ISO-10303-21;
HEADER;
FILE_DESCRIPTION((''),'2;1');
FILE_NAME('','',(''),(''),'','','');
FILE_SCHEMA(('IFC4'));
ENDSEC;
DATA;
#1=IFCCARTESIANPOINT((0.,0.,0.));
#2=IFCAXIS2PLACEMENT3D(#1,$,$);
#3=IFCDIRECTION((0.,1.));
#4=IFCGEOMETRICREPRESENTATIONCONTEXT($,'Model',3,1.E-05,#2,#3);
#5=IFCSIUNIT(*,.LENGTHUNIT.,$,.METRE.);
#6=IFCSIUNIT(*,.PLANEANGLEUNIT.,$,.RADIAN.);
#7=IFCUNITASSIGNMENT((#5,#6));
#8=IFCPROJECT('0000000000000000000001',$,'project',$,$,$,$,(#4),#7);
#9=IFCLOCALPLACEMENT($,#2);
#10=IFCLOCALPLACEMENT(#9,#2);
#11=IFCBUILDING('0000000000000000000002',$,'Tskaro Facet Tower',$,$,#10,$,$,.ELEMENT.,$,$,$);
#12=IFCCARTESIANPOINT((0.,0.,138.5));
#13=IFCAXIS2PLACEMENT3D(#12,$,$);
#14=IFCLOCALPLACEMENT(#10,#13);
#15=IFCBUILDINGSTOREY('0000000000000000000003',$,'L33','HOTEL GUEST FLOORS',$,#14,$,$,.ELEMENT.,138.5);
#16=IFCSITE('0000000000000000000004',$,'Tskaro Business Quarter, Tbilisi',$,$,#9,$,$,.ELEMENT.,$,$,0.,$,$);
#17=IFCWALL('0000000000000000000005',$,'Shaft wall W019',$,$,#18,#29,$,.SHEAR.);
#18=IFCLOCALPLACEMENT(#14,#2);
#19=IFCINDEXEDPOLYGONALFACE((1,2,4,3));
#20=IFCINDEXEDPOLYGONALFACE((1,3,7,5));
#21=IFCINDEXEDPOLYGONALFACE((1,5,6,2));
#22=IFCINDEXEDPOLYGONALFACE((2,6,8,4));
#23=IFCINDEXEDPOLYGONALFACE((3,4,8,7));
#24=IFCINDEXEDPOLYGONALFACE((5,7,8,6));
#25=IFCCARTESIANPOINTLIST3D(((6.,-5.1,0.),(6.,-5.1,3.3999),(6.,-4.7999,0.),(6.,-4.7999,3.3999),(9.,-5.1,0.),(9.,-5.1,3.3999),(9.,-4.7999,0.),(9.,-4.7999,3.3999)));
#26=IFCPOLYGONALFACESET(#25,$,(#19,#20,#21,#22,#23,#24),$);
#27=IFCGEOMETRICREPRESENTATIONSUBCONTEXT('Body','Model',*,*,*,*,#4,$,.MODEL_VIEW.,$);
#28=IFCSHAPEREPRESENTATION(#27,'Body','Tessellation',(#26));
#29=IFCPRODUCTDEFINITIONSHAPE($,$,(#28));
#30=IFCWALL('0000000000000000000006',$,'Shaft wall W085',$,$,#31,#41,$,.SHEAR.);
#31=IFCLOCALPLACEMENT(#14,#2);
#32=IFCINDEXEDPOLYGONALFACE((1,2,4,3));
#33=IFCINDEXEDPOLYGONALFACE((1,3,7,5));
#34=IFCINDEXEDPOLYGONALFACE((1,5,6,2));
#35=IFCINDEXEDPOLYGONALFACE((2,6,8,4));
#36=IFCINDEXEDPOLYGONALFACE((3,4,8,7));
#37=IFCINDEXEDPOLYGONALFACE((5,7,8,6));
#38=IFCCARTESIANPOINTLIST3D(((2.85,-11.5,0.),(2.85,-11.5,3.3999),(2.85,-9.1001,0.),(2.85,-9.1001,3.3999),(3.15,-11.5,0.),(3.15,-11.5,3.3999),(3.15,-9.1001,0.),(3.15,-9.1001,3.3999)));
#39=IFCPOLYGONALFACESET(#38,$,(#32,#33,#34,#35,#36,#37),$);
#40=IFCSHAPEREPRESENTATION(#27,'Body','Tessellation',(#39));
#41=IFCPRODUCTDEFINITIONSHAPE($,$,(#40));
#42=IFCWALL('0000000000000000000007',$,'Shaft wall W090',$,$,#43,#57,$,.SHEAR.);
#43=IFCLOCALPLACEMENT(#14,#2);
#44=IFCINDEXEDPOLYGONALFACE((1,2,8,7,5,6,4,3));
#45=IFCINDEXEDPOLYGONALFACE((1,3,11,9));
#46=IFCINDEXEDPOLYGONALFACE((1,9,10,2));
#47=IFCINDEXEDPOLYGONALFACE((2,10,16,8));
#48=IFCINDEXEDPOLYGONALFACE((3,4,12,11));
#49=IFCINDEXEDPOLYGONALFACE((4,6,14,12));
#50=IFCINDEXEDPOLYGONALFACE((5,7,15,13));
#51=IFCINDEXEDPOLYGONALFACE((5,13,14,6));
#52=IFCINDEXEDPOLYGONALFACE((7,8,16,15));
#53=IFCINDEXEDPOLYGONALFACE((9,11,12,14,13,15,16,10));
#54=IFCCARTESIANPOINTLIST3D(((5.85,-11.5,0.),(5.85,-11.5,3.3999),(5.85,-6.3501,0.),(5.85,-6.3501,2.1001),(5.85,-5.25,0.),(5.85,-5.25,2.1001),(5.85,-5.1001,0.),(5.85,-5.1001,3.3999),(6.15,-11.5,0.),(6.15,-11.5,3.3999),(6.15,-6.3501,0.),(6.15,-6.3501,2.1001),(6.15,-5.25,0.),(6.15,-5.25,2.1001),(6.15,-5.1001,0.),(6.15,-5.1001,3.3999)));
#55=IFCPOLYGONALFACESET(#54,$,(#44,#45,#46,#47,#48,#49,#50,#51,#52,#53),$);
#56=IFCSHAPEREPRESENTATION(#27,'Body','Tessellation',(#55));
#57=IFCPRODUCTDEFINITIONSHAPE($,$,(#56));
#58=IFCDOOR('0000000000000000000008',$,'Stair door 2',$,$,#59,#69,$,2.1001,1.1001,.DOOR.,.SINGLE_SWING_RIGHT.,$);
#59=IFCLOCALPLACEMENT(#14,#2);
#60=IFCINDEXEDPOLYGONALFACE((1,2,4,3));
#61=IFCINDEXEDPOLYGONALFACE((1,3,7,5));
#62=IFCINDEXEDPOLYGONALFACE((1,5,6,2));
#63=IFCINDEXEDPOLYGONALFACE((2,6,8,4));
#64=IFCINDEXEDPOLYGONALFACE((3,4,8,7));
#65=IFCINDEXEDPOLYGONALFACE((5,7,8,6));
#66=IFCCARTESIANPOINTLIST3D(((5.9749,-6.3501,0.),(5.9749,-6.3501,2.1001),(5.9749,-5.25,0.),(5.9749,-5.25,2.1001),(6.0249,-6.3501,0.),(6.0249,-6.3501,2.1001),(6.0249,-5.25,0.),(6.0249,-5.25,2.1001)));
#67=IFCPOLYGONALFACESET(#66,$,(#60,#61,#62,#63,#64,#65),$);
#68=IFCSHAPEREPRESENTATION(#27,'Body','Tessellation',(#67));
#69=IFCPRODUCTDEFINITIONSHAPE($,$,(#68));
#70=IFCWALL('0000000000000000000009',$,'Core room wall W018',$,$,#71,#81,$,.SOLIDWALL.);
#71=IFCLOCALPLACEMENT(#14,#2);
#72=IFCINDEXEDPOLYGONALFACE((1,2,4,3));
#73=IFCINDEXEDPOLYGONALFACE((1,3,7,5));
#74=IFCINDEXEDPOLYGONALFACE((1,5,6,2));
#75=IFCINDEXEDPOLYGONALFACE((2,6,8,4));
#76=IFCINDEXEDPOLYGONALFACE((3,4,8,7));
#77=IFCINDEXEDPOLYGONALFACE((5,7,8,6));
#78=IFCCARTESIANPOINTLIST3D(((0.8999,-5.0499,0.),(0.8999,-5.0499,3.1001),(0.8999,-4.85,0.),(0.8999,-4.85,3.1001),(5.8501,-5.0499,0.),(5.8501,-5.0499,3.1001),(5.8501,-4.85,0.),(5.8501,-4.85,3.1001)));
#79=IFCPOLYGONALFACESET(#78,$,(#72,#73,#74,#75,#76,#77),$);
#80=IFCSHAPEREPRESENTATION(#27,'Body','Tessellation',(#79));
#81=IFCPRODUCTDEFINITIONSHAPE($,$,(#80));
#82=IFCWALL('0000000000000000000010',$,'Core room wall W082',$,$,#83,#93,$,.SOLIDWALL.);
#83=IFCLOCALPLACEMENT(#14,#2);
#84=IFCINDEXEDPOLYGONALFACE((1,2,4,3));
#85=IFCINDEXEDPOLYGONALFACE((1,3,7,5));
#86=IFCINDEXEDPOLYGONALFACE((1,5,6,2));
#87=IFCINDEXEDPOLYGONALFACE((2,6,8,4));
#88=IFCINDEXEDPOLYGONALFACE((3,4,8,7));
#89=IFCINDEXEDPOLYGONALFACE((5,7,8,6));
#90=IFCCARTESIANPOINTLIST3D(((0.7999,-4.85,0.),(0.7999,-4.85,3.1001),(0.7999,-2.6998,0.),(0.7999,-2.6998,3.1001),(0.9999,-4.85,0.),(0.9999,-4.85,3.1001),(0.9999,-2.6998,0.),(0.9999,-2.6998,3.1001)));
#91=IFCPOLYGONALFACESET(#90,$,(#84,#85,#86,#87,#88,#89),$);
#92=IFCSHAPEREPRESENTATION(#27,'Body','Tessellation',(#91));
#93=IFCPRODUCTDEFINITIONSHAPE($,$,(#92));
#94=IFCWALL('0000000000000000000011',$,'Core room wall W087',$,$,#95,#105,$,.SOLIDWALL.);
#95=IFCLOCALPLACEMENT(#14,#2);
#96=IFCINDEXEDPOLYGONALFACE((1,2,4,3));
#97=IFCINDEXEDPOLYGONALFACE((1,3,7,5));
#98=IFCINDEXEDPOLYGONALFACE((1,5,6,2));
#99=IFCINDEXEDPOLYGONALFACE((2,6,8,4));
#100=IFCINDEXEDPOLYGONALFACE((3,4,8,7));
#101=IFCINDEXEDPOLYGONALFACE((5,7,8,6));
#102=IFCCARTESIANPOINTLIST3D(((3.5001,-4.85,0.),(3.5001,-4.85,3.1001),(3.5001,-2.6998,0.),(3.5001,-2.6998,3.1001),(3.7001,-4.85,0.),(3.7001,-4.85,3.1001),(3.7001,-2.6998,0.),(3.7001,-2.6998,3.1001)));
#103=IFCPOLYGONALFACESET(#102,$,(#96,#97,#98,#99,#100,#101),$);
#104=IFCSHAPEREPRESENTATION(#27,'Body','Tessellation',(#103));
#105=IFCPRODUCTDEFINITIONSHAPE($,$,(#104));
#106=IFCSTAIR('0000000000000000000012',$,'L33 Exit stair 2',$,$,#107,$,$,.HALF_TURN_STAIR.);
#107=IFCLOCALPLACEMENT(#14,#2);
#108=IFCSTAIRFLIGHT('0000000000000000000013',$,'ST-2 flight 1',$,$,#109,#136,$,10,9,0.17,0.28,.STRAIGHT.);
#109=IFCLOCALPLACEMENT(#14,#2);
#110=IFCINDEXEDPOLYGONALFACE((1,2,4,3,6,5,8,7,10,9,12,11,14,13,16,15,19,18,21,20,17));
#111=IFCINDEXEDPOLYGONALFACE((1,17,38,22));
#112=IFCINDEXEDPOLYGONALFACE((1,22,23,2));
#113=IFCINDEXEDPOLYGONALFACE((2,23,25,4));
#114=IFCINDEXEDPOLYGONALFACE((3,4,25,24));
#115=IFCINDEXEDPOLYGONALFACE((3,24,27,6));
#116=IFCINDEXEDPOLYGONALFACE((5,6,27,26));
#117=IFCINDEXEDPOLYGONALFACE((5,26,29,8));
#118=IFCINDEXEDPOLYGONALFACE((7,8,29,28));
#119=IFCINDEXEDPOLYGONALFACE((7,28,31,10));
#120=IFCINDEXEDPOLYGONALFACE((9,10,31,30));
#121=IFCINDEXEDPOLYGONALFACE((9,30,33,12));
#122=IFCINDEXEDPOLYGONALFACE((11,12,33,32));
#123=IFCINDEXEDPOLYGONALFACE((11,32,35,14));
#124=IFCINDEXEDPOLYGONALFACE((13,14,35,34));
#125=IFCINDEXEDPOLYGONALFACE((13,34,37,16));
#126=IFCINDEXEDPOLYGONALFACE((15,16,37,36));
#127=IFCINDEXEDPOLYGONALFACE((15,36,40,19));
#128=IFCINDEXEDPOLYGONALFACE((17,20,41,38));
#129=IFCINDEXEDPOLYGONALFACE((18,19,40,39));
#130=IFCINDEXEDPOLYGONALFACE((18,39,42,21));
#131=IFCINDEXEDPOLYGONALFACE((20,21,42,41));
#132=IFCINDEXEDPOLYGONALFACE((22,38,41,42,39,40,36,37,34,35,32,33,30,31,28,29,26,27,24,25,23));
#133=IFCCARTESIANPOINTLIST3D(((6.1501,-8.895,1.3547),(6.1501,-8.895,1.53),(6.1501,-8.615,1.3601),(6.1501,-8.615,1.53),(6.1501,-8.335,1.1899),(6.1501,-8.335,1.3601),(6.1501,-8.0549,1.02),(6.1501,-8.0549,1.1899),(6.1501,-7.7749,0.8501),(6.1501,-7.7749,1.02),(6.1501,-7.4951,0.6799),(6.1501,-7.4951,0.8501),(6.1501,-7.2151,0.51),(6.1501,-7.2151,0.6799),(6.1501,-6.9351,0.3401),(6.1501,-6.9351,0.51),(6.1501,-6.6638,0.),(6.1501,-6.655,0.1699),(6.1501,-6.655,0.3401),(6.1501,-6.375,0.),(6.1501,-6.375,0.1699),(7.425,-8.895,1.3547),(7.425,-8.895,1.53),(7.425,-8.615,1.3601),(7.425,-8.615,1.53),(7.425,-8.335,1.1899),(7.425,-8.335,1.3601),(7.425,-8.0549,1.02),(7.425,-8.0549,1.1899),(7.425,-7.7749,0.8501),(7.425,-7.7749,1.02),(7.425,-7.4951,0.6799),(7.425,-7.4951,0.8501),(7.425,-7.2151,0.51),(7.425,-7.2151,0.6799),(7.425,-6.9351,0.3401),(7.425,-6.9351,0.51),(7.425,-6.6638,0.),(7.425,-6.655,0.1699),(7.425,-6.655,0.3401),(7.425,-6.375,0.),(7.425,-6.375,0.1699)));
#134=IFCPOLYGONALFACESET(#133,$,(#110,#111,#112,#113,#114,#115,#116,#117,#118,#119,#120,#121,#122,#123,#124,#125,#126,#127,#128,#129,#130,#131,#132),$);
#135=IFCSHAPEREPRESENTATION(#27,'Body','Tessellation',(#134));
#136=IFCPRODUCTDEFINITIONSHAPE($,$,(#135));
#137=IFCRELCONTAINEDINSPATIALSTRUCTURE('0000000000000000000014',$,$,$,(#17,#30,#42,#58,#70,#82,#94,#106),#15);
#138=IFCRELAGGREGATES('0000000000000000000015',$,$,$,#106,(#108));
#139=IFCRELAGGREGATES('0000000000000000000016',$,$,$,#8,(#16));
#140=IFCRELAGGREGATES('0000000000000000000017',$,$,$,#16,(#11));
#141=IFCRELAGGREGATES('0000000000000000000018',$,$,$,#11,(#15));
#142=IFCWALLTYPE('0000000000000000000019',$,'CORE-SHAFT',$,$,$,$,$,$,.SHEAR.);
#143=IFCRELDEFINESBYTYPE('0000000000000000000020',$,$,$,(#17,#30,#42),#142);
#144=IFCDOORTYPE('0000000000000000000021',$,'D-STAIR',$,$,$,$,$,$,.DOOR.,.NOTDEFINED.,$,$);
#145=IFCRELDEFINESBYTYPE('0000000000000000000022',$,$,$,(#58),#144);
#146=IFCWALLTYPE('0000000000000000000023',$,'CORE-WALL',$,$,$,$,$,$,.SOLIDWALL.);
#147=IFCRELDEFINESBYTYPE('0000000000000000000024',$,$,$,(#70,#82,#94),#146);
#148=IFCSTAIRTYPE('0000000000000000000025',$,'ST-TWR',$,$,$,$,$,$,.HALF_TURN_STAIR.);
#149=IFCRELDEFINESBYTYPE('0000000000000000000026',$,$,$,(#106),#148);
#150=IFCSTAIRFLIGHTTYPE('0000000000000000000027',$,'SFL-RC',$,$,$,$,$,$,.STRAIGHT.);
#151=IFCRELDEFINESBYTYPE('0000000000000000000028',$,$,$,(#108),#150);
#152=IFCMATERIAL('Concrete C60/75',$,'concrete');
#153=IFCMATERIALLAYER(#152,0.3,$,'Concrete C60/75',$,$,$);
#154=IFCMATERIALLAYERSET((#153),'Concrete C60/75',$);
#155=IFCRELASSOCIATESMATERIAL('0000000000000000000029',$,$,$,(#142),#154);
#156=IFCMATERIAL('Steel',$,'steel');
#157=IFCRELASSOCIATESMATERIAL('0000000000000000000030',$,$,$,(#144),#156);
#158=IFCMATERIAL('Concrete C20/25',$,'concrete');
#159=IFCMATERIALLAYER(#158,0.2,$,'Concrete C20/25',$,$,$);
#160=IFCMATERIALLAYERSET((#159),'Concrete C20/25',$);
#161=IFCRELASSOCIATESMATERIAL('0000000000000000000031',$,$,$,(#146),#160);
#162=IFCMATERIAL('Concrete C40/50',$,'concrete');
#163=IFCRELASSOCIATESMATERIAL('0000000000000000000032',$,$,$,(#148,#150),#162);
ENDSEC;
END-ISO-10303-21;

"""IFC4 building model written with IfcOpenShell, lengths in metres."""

from ifc_helpers import new_model, si_unit, direction, frame, frame_2d, origin, place, context, subcontext, project, spatial, polyline, rectangle, outline, extrude, material, layer, layer_set, type_object, element, fill, aggregate, save


model = new_model("IFC4")

# Units and contexts
model_context = context("Model", 3, precision=1e-05, world=origin(), true_north=direction((0.0, 1.0)))
body_context = subcontext(model_context, "Body", "Model", "MODEL_VIEW")
ifc_project = project(units=[si_unit("LENGTHUNIT", "METRE"), si_unit("PLANEANGLEUNIT", "RADIAN")], contexts=[model_context])

# Site, building, storey
site_placement = place(None, origin())
site = spatial("IfcSite", under=ifc_project, at=site_placement, Name="Tskaro Business Quarter, Tbilisi", CompositionType="ELEMENT", RefElevation=0.0)
building_placement = place(site_placement, origin())
building = spatial("IfcBuilding", under=site, at=building_placement, Name="Tskaro Facet Tower", CompositionType="ELEMENT")
storey_placement = place(building_placement, frame((0.0, 0.0, 138.5)))
storey = spatial("IfcBuildingStorey", under=building, at=storey_placement, Name="L33", Description="HOTEL GUEST FLOORS", CompositionType="ELEMENT", Elevation=138.5)

# Walls
ifc_material_1 = material(Name="Concrete C60/75", Category="concrete")
ifc_layer_1 = layer(ifc_material_1, 0.3, Name="Concrete C60/75")
ifc_layer_set_1 = layer_set([ifc_layer_1], Name="Concrete C60/75")
wall_type_1 = type_object("IfcWallType", Name="CORE-SHAFT", PredefinedType="SHEAR", material=ifc_layer_set_1)
wall_1_placement = place(storey_placement, frame((6.0, -4.95, 0.0), z_axis=(0.0, 0.0, 1.0), x_axis=(1.0, 0.0, 0.0)))
element("IfcWall", 1, at=wall_1_placement, inside=storey, type_object=wall_type_1, Name="Shaft wall W019", PredefinedType="SHEAR", context=body_context, shape_type="SweptSolid", body=[
    extrude(rectangle(XDim=3.0, YDim=0.3, at=frame_2d((1.5, 0.0))), origin(), (0.0, 0.0, 1.0), 3.3999),
])
wall_2_placement = place(storey_placement, frame((3.0, -11.5, 0.0), z_axis=(0.0, 0.0, 1.0), x_axis=(0.0, 1.0, 0.0)))
element("IfcWall", 2, at=wall_2_placement, inside=storey, type_object=wall_type_1, Name="Shaft wall W085", PredefinedType="SHEAR", context=body_context, shape_type="SweptSolid", body=[
    extrude(rectangle(XDim=2.3999, YDim=0.3, at=frame_2d((1.2, 0.0))), origin(), (0.0, 0.0, 1.0), 3.3999),
])

# Wall, opening, door
wall_3_placement = place(storey_placement, frame((6.0, -5.1001, 0.0), z_axis=(0.0, 0.0, 1.0), x_axis=(0.0, -1.0, 0.0)))
wall_3 = element("IfcWall", 3, at=wall_3_placement, inside=storey, type_object=wall_type_1, Name="Shaft wall W090", PredefinedType="SHEAR", context=body_context, shape_type="SweptSolid", body=[
    extrude(rectangle(XDim=6.3999, YDim=0.3, at=frame_2d((3.2, 0.0))), origin(), (0.0, 0.0, 1.0), 3.3999),
])
opening_placement = place(wall_3_placement, frame((0.1499, 0.0, 0.0)))
opening = element("IfcOpeningElement", 4, at=opening_placement, cuts=wall_3, PredefinedType="OPENING", context=body_context, shape_type="SweptSolid", body=[
    extrude(rectangle(XDim=1.1001, YDim=2.1001, at=frame_2d((0.55, 1.05))), frame((0.0, 0.1599, 0.0), z_axis=(0.0, -1.0, 0.0), x_axis=(1.0, 0.0, 0.0)), (0.0, 0.0, 1.0), 0.3201),
])
ifc_material_2 = material(Name="Steel", Category="steel")
door_type = type_object("IfcDoorType", Name="D-STAIR", OperationType="NOTDEFINED", PredefinedType="DOOR", material=ifc_material_2)
door_placement = place(opening_placement, origin())
door = element("IfcDoor", 5, at=door_placement, inside=storey, type_object=door_type, Name="Stair door 2", OperationType="SINGLE_SWING_RIGHT", OverallHeight=2.1001, OverallWidth=1.1001, PredefinedType="DOOR", context=body_context, shape_type="SweptSolid", body=[
    extrude(rectangle(XDim=1.1001, YDim=2.1001, at=frame_2d((0.55, 1.05))), frame((0.0, 0.0249, 0.0), z_axis=(0.0, -1.0, 0.0), x_axis=(1.0, 0.0, 0.0)), (0.0, 0.0, 1.0), 0.05),
])
fill(opening, door)

# Walls
ifc_material_3 = material(Name="Concrete C20/25", Category="concrete")
ifc_layer_2 = layer(ifc_material_3, 0.2, Name="Concrete C20/25")
ifc_layer_set_2 = layer_set([ifc_layer_2], Name="Concrete C20/25")
wall_type_2 = type_object("IfcWallType", Name="CORE-WALL", PredefinedType="SOLIDWALL", material=ifc_layer_set_2)
wall_4_placement = place(storey_placement, frame((0.8999, -4.95, 0.0), z_axis=(0.0, 0.0, 1.0), x_axis=(1.0, 0.0, 0.0)))
element("IfcWall", 6, at=wall_4_placement, inside=storey, type_object=wall_type_2, Name="Core room wall W018", PredefinedType="SOLIDWALL", context=body_context, shape_type="SweptSolid", body=[
    extrude(rectangle(XDim=4.9502, YDim=0.2, at=frame_2d((2.4751, 0.0))), origin(), (0.0, 0.0, 1.0), 3.1001),
])
for number, where, z_axis, x_axis, name in (
    (7, (0.8999, -4.8501, 0.0), (0.0, 0.0, 1.0), (0.0, 1.0, 0.0), "Core room wall W082"),
    (8, (3.6001, -4.8501, 0.0), (0.0, 0.0, 1.0), (0.0, 1.0, 0.0), "Core room wall W087"),
):
    element("IfcWall", number, at=place(storey_placement, frame(where, z_axis=z_axis, x_axis=x_axis)), inside=storey, type_object=wall_type_2, Name=name, PredefinedType="SOLIDWALL", context=body_context, shape_type="SweptSolid", body=[
        extrude(rectangle(XDim=2.1501, YDim=0.2, at=frame_2d((1.0752, 0.0))), origin(), (0.0, 0.0, 1.0), 3.1001),
    ])

# Stair, stair flight
ifc_material_4 = material(Name="Concrete C40/50", Category="concrete")
stair_type = type_object("IfcStairType", Name="ST-TWR", PredefinedType="HALF_TURN_STAIR", material=ifc_material_4)
stair_placement = place(storey_placement, origin())
stair = element("IfcStair", 9, at=stair_placement, inside=storey, type_object=stair_type, Name="L33 Exit stair 2", PredefinedType="HALF_TURN_STAIR")
stair_flight_type = type_object("IfcStairFlightType", Name="SFL-RC", PredefinedType="STRAIGHT", material=ifc_material_4)
stair_flight_placement = place(storey_placement, frame((6.7876, -6.375, 0.0), z_axis=(0.0, 0.0, 1.0), x_axis=(0.0, -1.0, 0.0)))
stair_flight = element("IfcStairFlight", 10, at=stair_flight_placement, type_object=stair_flight_type, Name="ST-2 flight 1", NumberOfRisers=10, NumberOfTreads=9, PredefinedType="STRAIGHT", RiserHeight=0.17, TreadLength=0.28, context=body_context, shape_type="SweptSolid", body=[
    extrude(outline(polyline([(0.0, 0.0), (0.0, 0.1699), (0.28, 0.1699), (0.28, 0.3401), (0.5601, 0.3401), (0.5601, 0.51), (0.8401, 0.51), (0.8401, 0.6799), (1.1201, 0.6799), (1.1201, 0.8501), (1.3999, 0.8501), (1.3999, 1.02), (1.6799, 1.02), (1.6799, 1.1899), (1.96, 1.1899), (1.96, 1.3601), (2.24, 1.3601), (2.24, 1.53), (2.52, 1.53), (2.52, 1.7), (2.52, 1.3547), (0.2888, 0.0), (0.0, 0.0)])), frame((0.0, 0.6375, 0.0), z_axis=(0.0, -1.0, 0.0), x_axis=(1.0, 0.0, 0.0)), (0.0, 0.0, 1.0), 1.2749),
])
aggregate(stair, [stair_flight])

save(model, "model.ifc")
